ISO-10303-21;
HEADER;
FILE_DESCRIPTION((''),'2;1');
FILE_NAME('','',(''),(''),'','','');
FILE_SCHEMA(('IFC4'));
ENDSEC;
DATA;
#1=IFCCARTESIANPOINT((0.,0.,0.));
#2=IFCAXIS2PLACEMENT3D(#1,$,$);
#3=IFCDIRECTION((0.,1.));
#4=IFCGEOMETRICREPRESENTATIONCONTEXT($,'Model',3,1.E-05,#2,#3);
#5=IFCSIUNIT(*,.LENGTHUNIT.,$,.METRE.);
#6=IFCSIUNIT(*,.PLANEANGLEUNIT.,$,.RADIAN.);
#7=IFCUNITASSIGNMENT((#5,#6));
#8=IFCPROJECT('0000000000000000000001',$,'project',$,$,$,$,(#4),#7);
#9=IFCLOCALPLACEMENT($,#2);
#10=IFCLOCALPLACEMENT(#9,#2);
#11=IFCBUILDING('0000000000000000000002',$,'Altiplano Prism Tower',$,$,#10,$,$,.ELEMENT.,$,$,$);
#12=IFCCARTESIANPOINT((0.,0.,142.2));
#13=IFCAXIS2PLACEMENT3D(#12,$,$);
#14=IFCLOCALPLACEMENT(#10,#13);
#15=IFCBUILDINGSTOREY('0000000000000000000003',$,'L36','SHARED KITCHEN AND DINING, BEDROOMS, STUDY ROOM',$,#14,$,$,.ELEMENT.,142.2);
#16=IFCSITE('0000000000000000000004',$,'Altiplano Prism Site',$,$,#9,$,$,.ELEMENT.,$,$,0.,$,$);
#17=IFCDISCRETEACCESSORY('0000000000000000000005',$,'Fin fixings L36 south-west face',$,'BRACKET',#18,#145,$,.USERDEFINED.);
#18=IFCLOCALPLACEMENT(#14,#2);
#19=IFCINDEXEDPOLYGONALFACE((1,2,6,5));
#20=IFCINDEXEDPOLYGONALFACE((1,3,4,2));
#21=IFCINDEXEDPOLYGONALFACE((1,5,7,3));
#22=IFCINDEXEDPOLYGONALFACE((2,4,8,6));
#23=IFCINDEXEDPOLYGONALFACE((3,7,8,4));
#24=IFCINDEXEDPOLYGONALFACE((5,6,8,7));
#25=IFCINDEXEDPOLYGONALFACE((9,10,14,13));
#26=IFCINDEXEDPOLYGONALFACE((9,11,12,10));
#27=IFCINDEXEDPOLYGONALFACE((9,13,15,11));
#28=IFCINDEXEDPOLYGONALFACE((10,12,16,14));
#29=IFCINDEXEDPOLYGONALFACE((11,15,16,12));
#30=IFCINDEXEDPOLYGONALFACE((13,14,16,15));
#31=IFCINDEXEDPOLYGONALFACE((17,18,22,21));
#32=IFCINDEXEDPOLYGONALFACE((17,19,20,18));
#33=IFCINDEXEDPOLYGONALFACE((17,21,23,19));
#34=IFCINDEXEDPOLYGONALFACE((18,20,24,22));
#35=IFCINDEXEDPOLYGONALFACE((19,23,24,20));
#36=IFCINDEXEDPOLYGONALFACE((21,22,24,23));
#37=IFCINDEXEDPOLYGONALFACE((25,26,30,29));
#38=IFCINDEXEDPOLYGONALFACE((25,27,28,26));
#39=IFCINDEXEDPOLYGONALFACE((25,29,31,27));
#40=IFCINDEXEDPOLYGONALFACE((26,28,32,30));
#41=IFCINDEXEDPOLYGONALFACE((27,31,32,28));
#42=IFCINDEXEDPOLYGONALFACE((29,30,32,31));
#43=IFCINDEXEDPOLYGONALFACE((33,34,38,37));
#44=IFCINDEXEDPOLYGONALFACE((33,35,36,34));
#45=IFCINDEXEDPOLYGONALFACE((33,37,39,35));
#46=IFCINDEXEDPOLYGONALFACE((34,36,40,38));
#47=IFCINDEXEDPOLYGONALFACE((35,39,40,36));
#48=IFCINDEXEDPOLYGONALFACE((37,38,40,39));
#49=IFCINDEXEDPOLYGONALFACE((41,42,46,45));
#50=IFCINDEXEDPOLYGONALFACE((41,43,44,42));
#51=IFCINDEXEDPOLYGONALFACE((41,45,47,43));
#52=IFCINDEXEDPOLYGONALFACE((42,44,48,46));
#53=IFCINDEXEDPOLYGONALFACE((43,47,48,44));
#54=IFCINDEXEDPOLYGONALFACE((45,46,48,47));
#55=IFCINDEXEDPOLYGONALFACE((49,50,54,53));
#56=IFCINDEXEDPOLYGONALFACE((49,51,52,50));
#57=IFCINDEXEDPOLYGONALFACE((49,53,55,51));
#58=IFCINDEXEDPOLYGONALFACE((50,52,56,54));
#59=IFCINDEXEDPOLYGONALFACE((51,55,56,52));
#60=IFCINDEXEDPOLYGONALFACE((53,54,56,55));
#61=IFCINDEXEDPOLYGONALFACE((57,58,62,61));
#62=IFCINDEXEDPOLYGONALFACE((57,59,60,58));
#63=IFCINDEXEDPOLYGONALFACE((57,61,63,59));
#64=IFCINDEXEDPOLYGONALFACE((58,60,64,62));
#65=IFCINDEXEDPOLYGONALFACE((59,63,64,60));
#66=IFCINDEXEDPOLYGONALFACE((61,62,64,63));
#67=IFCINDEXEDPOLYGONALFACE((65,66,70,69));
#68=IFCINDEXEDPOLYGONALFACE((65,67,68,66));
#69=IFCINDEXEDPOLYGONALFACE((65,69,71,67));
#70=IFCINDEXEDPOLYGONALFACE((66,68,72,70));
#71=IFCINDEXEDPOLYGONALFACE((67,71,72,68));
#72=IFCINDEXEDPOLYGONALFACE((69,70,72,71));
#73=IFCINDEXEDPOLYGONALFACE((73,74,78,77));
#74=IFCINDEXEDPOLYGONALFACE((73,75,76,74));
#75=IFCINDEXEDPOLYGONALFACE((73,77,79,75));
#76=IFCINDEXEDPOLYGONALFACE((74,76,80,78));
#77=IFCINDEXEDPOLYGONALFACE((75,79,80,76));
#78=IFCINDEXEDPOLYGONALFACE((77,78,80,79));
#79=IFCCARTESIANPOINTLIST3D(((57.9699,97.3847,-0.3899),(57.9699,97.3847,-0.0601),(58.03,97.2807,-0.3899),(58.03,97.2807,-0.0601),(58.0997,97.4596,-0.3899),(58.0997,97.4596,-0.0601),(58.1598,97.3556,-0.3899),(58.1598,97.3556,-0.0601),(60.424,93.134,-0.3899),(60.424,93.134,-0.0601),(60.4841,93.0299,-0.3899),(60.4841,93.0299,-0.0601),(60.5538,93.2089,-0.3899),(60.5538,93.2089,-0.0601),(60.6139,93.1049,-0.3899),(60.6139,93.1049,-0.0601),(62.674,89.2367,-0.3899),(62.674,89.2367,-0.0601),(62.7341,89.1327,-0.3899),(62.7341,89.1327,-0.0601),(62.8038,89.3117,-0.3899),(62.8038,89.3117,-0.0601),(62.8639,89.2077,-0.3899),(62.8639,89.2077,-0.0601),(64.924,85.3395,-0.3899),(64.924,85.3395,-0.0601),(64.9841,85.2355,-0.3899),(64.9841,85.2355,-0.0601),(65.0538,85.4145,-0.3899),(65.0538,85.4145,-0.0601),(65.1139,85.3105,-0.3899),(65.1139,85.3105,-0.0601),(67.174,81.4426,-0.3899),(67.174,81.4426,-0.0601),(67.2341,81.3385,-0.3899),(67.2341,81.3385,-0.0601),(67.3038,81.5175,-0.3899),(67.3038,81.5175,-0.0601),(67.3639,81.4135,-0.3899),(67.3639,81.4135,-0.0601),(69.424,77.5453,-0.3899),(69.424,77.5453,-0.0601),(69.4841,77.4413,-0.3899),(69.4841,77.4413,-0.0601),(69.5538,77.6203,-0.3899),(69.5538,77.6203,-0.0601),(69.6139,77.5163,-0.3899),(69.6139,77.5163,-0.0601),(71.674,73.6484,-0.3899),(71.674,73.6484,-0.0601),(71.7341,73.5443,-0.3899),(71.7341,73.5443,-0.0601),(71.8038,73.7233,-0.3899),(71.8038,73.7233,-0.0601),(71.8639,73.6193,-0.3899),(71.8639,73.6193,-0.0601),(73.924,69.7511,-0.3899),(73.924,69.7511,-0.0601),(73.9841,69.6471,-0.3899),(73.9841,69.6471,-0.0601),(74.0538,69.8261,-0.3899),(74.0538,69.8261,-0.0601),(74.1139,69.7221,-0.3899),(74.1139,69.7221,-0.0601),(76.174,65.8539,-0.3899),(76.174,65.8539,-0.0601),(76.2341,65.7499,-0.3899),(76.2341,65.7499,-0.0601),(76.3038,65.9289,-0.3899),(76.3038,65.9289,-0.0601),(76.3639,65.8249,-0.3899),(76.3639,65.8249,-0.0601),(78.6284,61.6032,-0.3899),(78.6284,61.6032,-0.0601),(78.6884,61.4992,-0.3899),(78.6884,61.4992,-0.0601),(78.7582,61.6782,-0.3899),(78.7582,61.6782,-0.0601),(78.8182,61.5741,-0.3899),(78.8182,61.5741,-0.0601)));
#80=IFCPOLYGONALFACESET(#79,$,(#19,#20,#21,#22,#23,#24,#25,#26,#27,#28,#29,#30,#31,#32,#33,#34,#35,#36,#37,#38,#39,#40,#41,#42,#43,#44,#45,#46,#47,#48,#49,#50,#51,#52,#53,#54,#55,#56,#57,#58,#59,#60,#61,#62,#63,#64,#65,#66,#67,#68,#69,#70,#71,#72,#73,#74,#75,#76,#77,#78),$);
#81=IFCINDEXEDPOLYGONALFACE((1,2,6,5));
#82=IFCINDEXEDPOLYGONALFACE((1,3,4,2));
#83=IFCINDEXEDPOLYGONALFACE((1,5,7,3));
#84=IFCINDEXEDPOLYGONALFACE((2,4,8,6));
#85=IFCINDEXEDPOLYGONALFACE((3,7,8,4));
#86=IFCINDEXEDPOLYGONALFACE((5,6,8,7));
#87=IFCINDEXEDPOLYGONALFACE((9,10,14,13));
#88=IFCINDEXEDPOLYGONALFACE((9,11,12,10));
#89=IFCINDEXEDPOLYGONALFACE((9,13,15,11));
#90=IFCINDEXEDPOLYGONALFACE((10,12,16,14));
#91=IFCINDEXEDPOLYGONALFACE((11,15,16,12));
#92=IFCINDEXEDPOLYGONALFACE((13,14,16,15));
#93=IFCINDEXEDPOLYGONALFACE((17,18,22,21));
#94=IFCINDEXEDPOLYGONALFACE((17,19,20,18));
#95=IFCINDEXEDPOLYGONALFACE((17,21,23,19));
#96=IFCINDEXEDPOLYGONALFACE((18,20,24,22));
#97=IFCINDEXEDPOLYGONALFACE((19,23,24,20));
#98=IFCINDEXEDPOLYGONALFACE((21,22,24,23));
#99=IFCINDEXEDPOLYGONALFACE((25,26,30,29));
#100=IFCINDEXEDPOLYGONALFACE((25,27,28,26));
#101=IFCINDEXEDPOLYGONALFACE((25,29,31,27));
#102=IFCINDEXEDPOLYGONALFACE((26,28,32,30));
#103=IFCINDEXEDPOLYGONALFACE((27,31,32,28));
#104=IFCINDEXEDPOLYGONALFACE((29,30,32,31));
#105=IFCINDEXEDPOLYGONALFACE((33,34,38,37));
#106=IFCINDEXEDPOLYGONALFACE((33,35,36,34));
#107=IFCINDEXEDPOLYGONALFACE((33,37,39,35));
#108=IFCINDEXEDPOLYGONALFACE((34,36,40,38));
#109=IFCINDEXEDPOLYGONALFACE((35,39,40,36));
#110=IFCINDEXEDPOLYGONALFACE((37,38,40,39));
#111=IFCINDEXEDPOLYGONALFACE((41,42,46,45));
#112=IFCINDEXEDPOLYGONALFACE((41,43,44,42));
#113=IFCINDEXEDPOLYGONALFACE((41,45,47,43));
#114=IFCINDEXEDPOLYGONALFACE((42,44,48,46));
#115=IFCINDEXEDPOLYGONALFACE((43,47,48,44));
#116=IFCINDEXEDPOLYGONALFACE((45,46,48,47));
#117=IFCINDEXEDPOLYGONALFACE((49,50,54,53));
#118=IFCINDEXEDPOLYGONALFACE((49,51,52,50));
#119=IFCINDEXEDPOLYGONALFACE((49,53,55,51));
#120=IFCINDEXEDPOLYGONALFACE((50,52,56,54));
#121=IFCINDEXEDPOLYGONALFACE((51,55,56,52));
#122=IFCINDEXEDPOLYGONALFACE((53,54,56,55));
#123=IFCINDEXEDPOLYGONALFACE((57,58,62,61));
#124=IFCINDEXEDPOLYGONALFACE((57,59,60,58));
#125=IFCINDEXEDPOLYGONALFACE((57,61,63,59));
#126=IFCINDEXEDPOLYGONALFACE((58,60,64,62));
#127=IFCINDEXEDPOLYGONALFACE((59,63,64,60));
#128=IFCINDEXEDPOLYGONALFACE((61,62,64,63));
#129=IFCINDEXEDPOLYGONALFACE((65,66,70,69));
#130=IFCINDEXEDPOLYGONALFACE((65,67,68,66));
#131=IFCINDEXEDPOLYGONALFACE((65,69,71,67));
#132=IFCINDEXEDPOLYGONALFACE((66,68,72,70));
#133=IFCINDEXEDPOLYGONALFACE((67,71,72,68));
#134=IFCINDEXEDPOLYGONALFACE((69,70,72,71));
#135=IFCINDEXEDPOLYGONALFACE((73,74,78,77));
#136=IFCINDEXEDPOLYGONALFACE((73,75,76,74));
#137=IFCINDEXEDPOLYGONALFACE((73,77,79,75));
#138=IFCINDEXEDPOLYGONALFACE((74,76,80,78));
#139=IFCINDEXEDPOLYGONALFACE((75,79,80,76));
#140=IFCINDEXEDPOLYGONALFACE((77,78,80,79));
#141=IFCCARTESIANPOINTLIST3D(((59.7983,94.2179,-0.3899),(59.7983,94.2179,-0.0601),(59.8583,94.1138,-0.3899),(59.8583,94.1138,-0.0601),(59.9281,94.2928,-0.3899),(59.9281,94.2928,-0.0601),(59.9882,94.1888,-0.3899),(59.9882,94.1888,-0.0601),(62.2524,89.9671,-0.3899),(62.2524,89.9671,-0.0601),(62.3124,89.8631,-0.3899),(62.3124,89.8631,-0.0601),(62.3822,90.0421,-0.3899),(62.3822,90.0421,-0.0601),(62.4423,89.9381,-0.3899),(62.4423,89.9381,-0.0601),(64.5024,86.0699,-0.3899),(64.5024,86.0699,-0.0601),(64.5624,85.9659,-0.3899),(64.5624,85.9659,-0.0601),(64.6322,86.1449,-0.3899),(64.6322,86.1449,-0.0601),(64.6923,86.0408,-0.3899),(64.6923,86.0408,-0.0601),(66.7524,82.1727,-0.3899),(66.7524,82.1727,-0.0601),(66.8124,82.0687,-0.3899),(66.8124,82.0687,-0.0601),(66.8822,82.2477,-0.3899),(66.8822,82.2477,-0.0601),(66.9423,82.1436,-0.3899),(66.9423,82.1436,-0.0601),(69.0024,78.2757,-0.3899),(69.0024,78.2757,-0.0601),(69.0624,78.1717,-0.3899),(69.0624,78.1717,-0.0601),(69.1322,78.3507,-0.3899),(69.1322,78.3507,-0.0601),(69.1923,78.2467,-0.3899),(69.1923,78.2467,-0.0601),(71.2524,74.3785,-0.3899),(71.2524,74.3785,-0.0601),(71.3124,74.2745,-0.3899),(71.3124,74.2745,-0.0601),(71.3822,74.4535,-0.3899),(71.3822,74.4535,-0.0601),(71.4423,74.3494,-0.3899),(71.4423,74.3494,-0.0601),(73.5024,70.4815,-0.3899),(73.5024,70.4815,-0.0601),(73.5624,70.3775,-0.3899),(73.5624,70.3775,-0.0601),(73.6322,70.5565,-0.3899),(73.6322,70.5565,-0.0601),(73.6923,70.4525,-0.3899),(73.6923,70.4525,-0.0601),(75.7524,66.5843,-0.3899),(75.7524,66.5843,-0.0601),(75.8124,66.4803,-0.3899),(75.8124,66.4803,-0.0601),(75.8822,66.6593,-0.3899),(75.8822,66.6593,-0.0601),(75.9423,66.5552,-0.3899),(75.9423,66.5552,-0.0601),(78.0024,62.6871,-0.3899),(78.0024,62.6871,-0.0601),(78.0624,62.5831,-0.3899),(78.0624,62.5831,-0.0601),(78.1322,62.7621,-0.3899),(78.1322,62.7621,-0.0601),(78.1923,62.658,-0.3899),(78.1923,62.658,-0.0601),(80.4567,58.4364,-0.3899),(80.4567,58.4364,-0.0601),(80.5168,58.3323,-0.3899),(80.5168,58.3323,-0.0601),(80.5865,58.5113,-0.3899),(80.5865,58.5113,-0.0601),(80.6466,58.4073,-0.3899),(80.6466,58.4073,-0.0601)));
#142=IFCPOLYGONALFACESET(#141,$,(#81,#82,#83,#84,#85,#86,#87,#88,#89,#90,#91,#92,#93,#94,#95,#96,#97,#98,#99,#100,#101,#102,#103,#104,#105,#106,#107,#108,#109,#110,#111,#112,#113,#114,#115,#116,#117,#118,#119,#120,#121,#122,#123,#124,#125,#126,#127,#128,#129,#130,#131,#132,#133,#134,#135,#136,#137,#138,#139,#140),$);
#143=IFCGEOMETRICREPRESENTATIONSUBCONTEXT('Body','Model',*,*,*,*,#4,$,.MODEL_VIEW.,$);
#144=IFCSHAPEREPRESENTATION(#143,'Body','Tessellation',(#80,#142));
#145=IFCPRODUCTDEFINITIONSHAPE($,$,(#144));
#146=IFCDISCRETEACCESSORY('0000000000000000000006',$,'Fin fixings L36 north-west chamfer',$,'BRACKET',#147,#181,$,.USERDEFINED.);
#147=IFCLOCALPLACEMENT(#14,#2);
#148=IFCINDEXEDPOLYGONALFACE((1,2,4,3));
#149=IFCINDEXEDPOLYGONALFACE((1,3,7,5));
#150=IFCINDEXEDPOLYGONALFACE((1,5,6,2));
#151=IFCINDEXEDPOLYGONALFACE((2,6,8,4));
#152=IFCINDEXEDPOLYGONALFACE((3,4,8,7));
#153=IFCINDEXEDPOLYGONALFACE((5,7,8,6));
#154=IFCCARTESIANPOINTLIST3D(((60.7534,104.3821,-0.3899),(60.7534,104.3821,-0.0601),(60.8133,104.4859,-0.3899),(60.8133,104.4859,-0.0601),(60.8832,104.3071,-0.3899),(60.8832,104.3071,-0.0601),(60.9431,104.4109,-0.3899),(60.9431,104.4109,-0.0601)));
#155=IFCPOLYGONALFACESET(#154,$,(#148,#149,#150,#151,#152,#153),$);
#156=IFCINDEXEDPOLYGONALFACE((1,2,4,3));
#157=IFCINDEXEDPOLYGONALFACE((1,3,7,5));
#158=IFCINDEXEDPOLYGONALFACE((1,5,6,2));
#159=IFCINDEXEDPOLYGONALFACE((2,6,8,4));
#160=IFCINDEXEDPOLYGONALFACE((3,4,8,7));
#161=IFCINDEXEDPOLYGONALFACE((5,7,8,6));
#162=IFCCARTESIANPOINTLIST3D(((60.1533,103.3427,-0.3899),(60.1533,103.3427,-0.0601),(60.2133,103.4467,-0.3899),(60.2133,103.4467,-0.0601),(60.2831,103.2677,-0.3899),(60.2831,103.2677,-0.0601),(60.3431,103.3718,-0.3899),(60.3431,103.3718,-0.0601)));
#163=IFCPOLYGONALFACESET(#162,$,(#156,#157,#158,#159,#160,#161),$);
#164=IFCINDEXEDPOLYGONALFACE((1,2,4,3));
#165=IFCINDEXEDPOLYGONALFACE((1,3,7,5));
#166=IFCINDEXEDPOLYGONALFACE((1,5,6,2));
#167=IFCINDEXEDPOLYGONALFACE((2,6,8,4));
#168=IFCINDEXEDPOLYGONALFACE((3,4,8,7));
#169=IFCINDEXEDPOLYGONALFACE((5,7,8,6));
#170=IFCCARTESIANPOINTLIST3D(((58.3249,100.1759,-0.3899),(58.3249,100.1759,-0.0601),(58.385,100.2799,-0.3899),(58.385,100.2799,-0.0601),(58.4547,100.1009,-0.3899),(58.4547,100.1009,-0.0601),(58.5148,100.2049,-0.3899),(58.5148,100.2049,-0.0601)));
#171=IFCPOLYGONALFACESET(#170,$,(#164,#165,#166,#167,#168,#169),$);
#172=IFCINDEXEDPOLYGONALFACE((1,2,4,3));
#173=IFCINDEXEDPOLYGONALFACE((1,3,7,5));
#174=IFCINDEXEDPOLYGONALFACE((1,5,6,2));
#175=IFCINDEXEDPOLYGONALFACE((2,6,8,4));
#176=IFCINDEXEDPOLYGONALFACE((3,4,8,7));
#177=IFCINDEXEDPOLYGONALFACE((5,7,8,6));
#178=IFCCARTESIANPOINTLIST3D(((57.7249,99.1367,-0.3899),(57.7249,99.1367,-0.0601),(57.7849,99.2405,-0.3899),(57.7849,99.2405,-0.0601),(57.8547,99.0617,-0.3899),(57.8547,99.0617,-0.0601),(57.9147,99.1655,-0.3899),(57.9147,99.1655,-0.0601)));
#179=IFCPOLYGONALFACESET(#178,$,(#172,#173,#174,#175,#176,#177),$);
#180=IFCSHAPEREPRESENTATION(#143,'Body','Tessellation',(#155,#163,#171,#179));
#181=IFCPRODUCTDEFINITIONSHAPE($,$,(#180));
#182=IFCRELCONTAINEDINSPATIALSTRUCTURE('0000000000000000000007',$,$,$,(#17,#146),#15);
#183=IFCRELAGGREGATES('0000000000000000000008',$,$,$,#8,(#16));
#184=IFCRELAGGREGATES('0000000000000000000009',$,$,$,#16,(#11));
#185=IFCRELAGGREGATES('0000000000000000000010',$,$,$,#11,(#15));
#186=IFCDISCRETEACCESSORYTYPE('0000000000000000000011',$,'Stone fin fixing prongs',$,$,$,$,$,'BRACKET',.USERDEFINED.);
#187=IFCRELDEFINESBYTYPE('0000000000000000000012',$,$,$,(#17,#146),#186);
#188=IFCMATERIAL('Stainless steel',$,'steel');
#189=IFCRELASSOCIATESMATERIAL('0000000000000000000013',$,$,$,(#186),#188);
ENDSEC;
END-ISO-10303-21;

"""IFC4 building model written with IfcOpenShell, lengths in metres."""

from ifc_helpers import new_model, si_unit, direction, frame, origin, place, context, subcontext, project, spatial, polyline, outline, extrude, source, transform, mapped, material, type_object, element, save


model = new_model("IFC4")

# Units and contexts
model_context = context("Model", 3, precision=1e-05, world=origin(), true_north=direction((0.0, 1.0)))
body_context = subcontext(model_context, "Body", "Model", "MODEL_VIEW")
ifc_project = project(units=[si_unit("LENGTHUNIT", "METRE"), si_unit("PLANEANGLEUNIT", "RADIAN")], contexts=[model_context])

# Site, building, storey
site_placement = place(None, origin())
site = spatial("IfcSite", under=ifc_project, at=site_placement, Name="Altiplano Prism Site", CompositionType="ELEMENT", RefElevation=0.0)
building_placement = place(site_placement, origin())
building = spatial("IfcBuilding", under=site, at=building_placement, Name="Altiplano Prism Tower", CompositionType="ELEMENT")
storey_placement = place(building_placement, frame((0.0, 0.0, 142.2)))
storey = spatial("IfcBuildingStorey", under=building, at=storey_placement, Name="L36", Description="SHARED KITCHEN AND DINING, BEDROOMS, STUDY ROOM", CompositionType="ELEMENT", Elevation=142.2)

# Discrete accessories
ifc_material_1 = material(Name="Stainless steel", Category="steel")
discrete_accessory_type = type_object("IfcDiscreteAccessoryType", Name="Stone fin fixing prongs", ElementType="BRACKET", PredefinedType="USERDEFINED", material=ifc_material_1)
shared_shape_1 = source(origin(), body_context, "Body", "SweptSolid", [
    extrude(outline(polyline([(-1.8884, 0.0601), (-1.7683, 0.0601), (-1.7683, 0.3899), (-1.8884, 0.3899), (-1.8884, 0.0601)])), frame((0.0, 0.0, 0.0), z_axis=(0.0, -1.0, 0.0), x_axis=(1.0, 0.0, 0.0)), (0.0, 0.0, 1.0), 0.1499),
    extrude(outline(polyline([(1.7683, 0.0601), (1.8884, 0.0601), (1.8884, 0.3899), (1.7683, 0.3899), (1.7683, 0.0601)])), frame((0.0, 0.0, 0.0), z_axis=(0.0, -1.0, 0.0), x_axis=(1.0, 0.0, 0.0)), (0.0, 0.0, 1.0), 0.1499),
])
shared_shape_2 = source(origin(), body_context, "Body", "SweptSolid", [
    extrude(outline(polyline([(-1.8884, 0.0601), (-1.7683, 0.0601), (-1.7683, 0.3899), (-1.8884, 0.3899), (-1.8884, 0.0601)])), frame((0.0, 0.0, 0.0), z_axis=(0.0, -1.0, 0.0), x_axis=(1.0, 0.0, 0.0)), (0.0, 0.0, 1.0), 0.1499),
    extrude(outline(polyline([(1.7683, 0.0601), (1.8884, 0.0601), (1.8884, 0.3899), (1.7683, 0.3899), (1.7683, 0.0601)])), frame((0.0, 0.0, 0.0), z_axis=(0.0, -1.0, 0.0), x_axis=(1.0, 0.0, 0.0)), (0.0, 0.0, 1.0), 0.1499),
])
discrete_accessory_1_placement = place(storey_placement, origin())
element("IfcDiscreteAccessory", 1, at=discrete_accessory_1_placement, inside=storey, type_object=discrete_accessory_type, Name="Fin fixings L36 south-west face", ObjectType="BRACKET", PredefinedType="USERDEFINED", context=body_context, shape_type="MappedRepresentation", body=[
    mapped(shared_shape_1, transform((59.0439, 95.8242, -0.45), x_axis=(0.5, -0.866025, 0.0), y_axis=(0.866025, 0.5, 0.0), z_axis=(0.0, 0.0, 1.0))),
    mapped(shared_shape_2, transform((61.498, 91.5735, -0.45), x_axis=(0.5, -0.866025, 0.0), y_axis=(0.866025, 0.5, 0.0), z_axis=(0.0, 0.0, 1.0))),
    mapped(shared_shape_2, transform((63.748, 87.6763, -0.45), x_axis=(0.5, -0.866025, 0.0), y_axis=(0.866025, 0.5, 0.0), z_axis=(0.0, 0.0, 1.0))),
    mapped(shared_shape_2, transform((65.998, 83.7791, -0.45), x_axis=(0.5, -0.866025, 0.0), y_axis=(0.866025, 0.5, 0.0), z_axis=(0.0, 0.0, 1.0))),
    mapped(shared_shape_2, transform((68.248, 79.8821, -0.45), x_axis=(0.5, -0.866025, 0.0), y_axis=(0.866025, 0.5, 0.0), z_axis=(0.0, 0.0, 1.0))),
    mapped(shared_shape_2, transform((70.498, 75.9849, -0.45), x_axis=(0.5, -0.866025, 0.0), y_axis=(0.866025, 0.5, 0.0), z_axis=(0.0, 0.0, 1.0))),
    mapped(shared_shape_2, transform((72.748, 72.0879, -0.45), x_axis=(0.5, -0.866025, 0.0), y_axis=(0.866025, 0.5, 0.0), z_axis=(0.0, 0.0, 1.0))),
    mapped(shared_shape_2, transform((74.998, 68.1907, -0.45), x_axis=(0.5, -0.866025, 0.0), y_axis=(0.866025, 0.5, 0.0), z_axis=(0.0, 0.0, 1.0))),
    mapped(shared_shape_2, transform((77.248, 64.2935, -0.45), x_axis=(0.5, -0.866025, 0.0), y_axis=(0.866025, 0.5, 0.0), z_axis=(0.0, 0.0, 1.0))),
    mapped(shared_shape_1, transform((79.7024, 60.0427, -0.45), x_axis=(0.5, -0.866025, 0.0), y_axis=(0.866025, 0.5, 0.0), z_axis=(0.0, 0.0, 1.0))),
])
shared_shape_3 = source(origin(), body_context, "Body", "SweptSolid", [
    extrude(outline(polyline([(-3.0884, 0.0601), (-2.9685, 0.0601), (-2.9685, 0.3899), (-3.0884, 0.3899), (-3.0884, 0.0601)])), frame((0.0, 0.0, 0.0), z_axis=(0.0, -1.0, 0.0), x_axis=(1.0, 0.0, 0.0)), (0.0, 0.0, 1.0), 0.1499),
    extrude(outline(polyline([(-1.8884, 0.0601), (-1.7683, 0.0601), (-1.7683, 0.3899), (-1.8884, 0.3899), (-1.8884, 0.0601)])), frame((0.0, 0.0, 0.0), z_axis=(0.0, -1.0, 0.0), x_axis=(1.0, 0.0, 0.0)), (0.0, 0.0, 1.0), 0.1499),
    extrude(outline(polyline([(1.7683, 0.0601), (1.8884, 0.0601), (1.8884, 0.3899), (1.7683, 0.3899), (1.7683, 0.0601)])), frame((0.0, 0.0, 0.0), z_axis=(0.0, -1.0, 0.0), x_axis=(1.0, 0.0, 0.0)), (0.0, 0.0, 1.0), 0.1499),
    extrude(outline(polyline([(2.9685, 0.0601), (3.0884, 0.0601), (3.0884, 0.3899), (2.9685, 0.3899), (2.9685, 0.0601)])), frame((0.0, 0.0, 0.0), z_axis=(0.0, -1.0, 0.0), x_axis=(1.0, 0.0, 0.0)), (0.0, 0.0, 1.0), 0.1499),
])
discrete_accessory_2_placement = place(storey_placement, origin())
element("IfcDiscreteAccessory", 2, at=discrete_accessory_2_placement, inside=storey, type_object=discrete_accessory_type, Name="Fin fixings L36 north-west chamfer", ObjectType="BRACKET", PredefinedType="USERDEFINED", context=body_context, shape_type="MappedRepresentation", body=[
    mapped(shared_shape_3, transform((59.3989, 101.7363, -0.45), x_axis=(-0.5, -0.866025, 0.0), y_axis=(0.866025, -0.5, 0.0), z_axis=(0.0, 0.0, 1.0))),
])

save(model, "model.ifc")
